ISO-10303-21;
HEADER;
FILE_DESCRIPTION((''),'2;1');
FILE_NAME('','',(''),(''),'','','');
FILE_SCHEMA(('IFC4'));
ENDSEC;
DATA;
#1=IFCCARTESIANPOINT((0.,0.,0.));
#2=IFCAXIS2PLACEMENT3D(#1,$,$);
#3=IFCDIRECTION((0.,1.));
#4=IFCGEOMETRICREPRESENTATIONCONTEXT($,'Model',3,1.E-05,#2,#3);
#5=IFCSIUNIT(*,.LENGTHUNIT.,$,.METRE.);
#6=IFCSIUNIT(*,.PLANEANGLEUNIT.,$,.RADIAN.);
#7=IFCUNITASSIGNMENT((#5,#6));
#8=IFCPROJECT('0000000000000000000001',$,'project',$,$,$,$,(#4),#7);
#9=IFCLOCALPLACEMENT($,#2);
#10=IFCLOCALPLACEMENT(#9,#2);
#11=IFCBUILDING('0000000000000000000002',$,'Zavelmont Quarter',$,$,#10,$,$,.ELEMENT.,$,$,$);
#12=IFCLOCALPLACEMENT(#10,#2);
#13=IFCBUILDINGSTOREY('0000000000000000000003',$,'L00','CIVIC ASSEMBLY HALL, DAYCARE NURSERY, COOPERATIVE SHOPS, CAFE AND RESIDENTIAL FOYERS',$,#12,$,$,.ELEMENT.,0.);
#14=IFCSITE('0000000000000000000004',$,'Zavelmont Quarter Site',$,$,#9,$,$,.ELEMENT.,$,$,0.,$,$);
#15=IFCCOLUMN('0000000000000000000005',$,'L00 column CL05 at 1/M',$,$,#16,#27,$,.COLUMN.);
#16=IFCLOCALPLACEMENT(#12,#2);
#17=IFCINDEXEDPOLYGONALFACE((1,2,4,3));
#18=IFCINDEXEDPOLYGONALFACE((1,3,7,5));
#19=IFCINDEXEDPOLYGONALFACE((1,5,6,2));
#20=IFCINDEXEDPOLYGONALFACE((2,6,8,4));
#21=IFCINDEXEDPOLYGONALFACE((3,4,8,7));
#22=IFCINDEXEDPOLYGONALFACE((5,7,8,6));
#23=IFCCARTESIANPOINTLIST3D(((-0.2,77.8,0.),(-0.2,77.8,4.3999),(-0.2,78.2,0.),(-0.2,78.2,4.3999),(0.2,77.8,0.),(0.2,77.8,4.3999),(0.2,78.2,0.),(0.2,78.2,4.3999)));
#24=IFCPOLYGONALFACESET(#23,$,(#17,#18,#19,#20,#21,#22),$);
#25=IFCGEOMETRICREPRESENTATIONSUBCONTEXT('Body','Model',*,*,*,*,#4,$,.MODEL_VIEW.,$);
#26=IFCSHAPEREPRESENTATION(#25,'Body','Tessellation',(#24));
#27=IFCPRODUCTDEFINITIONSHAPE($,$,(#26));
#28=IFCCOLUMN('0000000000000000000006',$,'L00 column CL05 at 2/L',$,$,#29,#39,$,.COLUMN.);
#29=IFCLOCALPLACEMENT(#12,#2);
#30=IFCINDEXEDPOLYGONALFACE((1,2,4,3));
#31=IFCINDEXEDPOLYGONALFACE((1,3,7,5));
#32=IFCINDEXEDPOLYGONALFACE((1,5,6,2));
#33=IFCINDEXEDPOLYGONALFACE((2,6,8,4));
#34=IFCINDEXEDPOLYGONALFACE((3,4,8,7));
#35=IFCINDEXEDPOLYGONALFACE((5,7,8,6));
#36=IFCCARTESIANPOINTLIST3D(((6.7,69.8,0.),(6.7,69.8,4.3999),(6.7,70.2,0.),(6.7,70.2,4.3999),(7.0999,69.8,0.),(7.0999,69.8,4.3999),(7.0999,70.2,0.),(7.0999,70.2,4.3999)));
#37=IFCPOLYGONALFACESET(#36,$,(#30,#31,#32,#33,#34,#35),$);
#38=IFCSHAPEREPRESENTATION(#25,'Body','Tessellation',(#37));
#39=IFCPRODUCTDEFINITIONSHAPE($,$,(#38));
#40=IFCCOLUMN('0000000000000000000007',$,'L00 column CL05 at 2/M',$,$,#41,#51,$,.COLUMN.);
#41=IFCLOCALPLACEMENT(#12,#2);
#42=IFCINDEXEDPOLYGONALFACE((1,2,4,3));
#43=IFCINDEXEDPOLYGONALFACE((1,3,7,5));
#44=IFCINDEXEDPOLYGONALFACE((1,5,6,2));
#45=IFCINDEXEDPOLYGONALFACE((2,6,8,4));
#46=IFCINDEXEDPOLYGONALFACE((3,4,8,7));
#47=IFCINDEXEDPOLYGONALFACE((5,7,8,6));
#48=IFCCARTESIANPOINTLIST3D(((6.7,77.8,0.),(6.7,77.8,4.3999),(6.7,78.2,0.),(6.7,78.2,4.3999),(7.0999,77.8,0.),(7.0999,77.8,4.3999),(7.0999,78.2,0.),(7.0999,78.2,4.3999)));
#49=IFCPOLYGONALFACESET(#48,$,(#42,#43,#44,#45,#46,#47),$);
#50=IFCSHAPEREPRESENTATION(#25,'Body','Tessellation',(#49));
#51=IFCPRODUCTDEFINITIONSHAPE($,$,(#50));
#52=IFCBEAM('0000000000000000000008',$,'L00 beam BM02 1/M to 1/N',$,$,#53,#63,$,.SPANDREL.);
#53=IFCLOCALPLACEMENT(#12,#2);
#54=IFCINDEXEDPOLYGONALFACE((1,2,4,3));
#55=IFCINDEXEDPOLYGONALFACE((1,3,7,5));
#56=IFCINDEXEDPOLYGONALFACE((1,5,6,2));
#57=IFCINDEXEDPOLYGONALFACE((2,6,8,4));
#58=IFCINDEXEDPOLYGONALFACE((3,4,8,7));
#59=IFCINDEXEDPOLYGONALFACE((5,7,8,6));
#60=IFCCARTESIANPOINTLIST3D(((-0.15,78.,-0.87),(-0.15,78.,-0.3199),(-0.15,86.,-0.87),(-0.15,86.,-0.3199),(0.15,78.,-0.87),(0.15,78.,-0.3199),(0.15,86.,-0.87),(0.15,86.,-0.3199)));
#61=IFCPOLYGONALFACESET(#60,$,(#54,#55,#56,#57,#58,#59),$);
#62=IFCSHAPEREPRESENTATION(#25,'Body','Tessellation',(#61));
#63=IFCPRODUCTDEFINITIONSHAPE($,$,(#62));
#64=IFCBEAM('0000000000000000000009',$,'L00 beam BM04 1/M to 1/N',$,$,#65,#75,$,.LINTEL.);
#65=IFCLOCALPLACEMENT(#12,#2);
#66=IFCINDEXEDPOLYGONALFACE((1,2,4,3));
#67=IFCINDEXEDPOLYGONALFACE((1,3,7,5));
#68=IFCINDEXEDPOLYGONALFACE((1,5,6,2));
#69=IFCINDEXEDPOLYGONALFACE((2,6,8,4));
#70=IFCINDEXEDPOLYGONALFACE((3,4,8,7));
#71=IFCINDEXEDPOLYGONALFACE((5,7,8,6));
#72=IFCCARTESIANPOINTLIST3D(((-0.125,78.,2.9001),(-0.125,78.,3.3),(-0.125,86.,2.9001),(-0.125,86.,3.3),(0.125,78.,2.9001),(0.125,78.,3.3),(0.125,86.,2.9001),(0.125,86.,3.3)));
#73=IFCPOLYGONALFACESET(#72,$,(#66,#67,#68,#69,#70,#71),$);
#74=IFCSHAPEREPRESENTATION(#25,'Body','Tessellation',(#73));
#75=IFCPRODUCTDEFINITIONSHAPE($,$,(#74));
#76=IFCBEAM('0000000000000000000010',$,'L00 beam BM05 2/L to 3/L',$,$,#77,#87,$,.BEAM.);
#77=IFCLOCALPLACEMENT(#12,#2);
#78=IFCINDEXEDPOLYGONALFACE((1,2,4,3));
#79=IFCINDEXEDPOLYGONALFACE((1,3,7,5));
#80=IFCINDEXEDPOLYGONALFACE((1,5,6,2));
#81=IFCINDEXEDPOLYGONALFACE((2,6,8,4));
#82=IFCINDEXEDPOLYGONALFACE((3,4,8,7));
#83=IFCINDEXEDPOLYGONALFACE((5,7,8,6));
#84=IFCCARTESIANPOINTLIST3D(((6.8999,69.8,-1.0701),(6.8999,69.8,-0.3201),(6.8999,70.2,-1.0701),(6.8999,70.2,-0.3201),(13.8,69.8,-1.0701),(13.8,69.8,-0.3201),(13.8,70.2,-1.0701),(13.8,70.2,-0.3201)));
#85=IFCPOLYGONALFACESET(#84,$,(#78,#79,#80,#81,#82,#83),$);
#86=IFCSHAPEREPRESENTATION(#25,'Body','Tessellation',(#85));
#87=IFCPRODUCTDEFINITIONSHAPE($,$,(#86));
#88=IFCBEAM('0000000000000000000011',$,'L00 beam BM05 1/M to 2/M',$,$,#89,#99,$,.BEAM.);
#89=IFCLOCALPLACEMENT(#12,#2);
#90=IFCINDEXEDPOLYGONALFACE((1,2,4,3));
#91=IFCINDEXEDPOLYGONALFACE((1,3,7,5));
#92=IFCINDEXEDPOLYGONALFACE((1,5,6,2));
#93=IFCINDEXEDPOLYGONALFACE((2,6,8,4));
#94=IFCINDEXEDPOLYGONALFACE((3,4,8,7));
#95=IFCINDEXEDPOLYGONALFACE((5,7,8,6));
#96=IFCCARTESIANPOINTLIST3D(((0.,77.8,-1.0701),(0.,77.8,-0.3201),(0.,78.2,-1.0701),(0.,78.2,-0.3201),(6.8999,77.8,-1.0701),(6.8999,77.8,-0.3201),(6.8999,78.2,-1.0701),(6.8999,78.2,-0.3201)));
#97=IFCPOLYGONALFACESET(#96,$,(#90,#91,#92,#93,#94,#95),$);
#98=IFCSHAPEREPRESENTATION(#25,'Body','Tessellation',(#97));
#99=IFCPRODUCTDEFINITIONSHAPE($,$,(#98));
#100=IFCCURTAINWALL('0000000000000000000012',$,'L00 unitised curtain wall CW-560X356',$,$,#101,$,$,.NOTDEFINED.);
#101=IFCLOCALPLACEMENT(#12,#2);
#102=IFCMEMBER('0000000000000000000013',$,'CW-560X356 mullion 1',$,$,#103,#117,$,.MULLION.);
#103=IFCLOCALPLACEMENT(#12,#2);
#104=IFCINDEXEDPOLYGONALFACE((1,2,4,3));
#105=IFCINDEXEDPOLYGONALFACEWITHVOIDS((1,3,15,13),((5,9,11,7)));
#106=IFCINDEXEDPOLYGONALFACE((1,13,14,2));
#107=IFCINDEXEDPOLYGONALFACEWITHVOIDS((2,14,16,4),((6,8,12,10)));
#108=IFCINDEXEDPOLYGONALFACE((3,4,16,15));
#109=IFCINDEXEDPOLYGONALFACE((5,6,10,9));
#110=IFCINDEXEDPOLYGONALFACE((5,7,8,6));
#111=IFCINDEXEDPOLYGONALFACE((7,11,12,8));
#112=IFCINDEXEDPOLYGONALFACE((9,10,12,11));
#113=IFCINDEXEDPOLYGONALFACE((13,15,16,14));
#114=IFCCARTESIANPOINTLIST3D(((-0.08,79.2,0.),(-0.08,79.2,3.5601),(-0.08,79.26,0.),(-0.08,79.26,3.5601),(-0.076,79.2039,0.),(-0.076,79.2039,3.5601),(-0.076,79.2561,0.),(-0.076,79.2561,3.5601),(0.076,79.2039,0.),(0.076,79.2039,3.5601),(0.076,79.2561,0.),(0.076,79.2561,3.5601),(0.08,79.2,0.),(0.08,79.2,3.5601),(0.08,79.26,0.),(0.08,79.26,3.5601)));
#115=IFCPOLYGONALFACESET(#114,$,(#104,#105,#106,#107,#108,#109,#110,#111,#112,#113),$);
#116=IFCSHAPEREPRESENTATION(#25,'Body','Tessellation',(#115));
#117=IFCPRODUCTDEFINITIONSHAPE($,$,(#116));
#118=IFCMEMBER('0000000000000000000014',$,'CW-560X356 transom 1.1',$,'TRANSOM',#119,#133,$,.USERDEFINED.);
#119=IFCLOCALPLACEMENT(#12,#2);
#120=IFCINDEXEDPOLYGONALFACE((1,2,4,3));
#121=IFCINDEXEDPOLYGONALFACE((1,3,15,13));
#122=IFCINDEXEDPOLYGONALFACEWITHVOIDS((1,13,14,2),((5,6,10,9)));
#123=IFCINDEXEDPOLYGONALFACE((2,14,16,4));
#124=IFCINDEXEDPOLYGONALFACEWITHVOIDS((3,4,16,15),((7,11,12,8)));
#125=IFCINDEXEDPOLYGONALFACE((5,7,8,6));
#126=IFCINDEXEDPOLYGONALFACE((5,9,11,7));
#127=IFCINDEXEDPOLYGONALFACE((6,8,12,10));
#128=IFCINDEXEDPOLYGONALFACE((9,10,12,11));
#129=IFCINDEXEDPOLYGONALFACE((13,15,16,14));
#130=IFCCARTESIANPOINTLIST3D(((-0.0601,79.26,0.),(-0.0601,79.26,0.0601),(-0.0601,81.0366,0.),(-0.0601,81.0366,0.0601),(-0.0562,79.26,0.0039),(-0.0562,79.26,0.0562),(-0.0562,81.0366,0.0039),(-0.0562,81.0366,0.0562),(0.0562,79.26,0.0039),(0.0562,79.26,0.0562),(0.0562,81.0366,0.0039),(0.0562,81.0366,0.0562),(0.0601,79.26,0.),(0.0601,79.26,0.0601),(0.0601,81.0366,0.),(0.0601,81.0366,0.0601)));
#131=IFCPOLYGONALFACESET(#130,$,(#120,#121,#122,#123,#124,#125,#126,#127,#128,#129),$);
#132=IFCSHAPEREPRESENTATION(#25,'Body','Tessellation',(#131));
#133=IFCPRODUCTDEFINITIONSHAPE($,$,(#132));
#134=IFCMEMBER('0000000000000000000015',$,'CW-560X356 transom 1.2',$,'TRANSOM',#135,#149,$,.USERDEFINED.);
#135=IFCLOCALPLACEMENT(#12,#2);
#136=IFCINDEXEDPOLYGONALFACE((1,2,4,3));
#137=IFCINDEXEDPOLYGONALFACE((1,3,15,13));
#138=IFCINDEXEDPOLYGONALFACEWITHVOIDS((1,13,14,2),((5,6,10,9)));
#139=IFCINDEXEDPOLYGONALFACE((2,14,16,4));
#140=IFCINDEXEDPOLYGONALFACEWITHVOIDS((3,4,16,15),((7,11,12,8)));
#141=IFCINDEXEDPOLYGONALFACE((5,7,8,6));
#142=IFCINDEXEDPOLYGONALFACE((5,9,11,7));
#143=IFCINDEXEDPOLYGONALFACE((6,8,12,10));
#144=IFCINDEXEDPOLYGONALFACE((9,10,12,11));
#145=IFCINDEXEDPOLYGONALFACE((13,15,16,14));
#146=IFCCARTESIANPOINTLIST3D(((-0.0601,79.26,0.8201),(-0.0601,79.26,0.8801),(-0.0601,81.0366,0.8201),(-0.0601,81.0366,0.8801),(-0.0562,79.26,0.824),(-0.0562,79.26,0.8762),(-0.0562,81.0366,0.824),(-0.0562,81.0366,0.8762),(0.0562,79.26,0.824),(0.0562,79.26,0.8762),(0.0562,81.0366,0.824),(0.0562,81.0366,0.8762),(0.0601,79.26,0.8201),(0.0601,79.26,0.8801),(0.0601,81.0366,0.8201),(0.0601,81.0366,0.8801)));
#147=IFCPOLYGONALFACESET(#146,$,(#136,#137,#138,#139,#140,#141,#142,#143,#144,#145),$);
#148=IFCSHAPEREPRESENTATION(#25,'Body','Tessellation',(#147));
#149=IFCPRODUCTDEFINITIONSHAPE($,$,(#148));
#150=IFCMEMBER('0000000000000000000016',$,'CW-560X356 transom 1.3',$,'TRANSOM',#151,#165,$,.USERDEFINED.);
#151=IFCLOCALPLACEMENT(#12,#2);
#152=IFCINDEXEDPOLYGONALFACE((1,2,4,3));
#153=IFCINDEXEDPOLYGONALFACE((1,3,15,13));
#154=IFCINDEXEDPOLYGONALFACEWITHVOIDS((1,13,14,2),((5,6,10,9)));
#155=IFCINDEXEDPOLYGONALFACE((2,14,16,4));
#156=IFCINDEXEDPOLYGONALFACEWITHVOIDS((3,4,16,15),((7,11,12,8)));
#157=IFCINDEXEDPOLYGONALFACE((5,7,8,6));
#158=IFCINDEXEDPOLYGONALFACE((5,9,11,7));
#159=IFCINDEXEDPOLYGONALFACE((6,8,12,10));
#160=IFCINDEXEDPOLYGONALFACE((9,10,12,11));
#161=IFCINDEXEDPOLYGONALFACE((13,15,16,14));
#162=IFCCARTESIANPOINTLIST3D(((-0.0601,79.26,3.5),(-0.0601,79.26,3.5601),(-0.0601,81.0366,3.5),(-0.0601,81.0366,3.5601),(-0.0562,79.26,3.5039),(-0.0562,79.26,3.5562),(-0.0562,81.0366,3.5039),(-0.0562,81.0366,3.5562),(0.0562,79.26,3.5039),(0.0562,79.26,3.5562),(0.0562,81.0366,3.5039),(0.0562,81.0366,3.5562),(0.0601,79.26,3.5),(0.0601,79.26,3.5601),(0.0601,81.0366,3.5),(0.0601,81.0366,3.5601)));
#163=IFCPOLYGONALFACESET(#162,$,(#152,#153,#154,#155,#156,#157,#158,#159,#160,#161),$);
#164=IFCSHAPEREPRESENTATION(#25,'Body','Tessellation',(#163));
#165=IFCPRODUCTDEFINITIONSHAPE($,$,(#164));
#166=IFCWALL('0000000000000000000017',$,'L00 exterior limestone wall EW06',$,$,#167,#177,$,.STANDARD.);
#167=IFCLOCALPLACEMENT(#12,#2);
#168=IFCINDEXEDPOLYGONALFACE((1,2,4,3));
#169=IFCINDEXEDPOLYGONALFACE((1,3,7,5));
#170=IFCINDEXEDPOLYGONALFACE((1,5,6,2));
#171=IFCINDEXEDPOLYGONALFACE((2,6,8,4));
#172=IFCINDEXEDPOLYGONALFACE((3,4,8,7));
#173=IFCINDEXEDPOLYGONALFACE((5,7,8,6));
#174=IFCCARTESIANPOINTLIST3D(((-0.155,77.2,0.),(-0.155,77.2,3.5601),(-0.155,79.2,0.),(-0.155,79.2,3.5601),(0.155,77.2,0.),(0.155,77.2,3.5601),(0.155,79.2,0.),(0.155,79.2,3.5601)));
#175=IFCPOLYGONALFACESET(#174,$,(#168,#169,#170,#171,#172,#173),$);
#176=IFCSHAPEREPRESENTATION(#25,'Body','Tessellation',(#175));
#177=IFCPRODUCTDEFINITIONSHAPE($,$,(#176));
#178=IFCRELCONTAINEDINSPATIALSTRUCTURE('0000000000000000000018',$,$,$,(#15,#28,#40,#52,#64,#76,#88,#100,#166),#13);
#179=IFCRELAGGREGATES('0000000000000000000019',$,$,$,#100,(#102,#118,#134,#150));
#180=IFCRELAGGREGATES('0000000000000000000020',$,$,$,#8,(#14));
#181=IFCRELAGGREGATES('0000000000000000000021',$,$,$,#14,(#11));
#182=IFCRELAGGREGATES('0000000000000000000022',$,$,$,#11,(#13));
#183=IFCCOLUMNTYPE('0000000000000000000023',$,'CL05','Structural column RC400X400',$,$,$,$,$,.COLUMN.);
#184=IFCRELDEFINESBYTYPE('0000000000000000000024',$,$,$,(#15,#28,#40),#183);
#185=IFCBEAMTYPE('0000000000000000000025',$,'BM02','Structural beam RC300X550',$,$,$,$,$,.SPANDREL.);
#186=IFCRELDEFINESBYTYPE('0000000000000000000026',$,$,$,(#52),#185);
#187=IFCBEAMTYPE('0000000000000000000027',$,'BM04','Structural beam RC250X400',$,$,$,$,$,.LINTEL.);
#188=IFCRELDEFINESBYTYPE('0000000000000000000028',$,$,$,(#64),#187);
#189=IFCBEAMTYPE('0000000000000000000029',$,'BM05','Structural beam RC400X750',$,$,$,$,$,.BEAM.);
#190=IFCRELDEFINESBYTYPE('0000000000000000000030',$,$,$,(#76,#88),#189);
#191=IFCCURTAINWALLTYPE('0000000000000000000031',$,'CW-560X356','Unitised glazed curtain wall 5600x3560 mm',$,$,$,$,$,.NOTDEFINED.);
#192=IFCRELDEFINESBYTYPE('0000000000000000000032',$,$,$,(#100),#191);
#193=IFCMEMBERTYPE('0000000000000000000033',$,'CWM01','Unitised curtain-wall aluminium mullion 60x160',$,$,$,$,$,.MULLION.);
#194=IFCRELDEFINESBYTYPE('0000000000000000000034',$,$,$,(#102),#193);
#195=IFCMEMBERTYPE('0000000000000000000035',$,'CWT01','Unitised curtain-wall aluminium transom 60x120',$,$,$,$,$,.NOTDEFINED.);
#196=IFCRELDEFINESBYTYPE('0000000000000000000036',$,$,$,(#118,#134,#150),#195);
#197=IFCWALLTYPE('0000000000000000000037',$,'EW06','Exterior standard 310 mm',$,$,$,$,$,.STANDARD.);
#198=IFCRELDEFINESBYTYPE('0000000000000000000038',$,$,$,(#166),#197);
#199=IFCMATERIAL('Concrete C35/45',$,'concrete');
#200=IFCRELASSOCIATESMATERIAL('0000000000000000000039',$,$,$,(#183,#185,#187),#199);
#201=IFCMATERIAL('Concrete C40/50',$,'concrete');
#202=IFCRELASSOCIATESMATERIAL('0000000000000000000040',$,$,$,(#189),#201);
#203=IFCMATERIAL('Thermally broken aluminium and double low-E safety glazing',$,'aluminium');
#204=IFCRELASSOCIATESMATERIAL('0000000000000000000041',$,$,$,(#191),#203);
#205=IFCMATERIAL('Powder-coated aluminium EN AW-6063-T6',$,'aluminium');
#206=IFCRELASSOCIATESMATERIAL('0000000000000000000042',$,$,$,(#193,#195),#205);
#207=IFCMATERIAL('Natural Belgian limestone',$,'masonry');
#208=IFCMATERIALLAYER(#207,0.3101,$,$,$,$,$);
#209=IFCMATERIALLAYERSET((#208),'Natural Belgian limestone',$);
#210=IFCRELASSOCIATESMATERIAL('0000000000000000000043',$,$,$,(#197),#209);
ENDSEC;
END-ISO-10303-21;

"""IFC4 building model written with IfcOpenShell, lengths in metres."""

from ifc_helpers import new_model, si_unit, direction, frame, frame_2d, origin, origin_2d, place, context, subcontext, project, spatial, rectangle, hollow_rectangle, extrude, material, layer, layer_set, material_profile, profile_set, type_object, element, aggregate, save


model = new_model("IFC4")

# Units and contexts
model_context = context("Model", 3, precision=1e-05, world=origin(), true_north=direction((0.0, 1.0)))
body_context = subcontext(model_context, "Body", "Model", "MODEL_VIEW")
ifc_project = project(units=[si_unit("LENGTHUNIT", "METRE"), si_unit("PLANEANGLEUNIT", "RADIAN")], contexts=[model_context])

# Site, building, storey
site_placement = place(None, origin())
site = spatial("IfcSite", under=ifc_project, at=site_placement, Name="Zavelmont Quarter Site", CompositionType="ELEMENT", RefElevation=0.0)
building_placement = place(site_placement, origin())
building = spatial("IfcBuilding", under=site, at=building_placement, Name="Zavelmont Quarter", CompositionType="ELEMENT")
storey_placement = place(building_placement, origin())
storey = spatial("IfcBuildingStorey", under=building, at=storey_placement, Name="L00", Description="CIVIC ASSEMBLY HALL, DAYCARE NURSERY, COOPERATIVE SHOPS, CAFE AND RESIDENTIAL FOYERS", CompositionType="ELEMENT", Elevation=0.0)

# Columns
ifc_material_1 = material(Name="Concrete C35/45", Category="concrete")
ifc_material_profile_1 = material_profile(ifc_material_1, rectangle(XDim=0.3999, YDim=0.3999, at=origin_2d()), Name="RC400X400")
ifc_profile_set_1 = profile_set([ifc_material_profile_1], Name="Concrete C35/45")
column_type = type_object("IfcColumnType", Name="CL05", Description="Structural column RC400X400", PredefinedType="COLUMN", material=ifc_profile_set_1)
for number, where, z_axis, x_axis, name in (
    (1, (0.0, 78.0, 0.0), (0.0, 0.0, 1.0), (1.0, 0.0, 0.0), "L00 column CL05 at 1/M"),
    (2, (6.8999, 70.0, 0.0), (0.0, 0.0, 1.0), (1.0, 0.0, 0.0), "L00 column CL05 at 2/L"),
    (3, (6.8999, 78.0, 0.0), (0.0, 0.0, 1.0), (1.0, 0.0, 0.0), "L00 column CL05 at 2/M"),
):
    element("IfcColumn", number, at=place(storey_placement, frame(where, z_axis=z_axis, x_axis=x_axis)), inside=storey, type_object=column_type, Name=name, PredefinedType="COLUMN", context=body_context, shape_type="SweptSolid", body=[
        extrude(rectangle(XDim=0.3999, YDim=0.3999, at=origin_2d()), origin(), (0.0, 0.0, 1.0), 4.3999),
    ])

# Beams
ifc_material_profile_2 = material_profile(ifc_material_1, rectangle(XDim=0.3, YDim=0.55, at=origin_2d()), Name="RC300X550")
ifc_profile_set_2 = profile_set([ifc_material_profile_2], Name="Concrete C35/45")
beam_type_1 = type_object("IfcBeamType", Name="BM02", Description="Structural beam RC300X550", PredefinedType="SPANDREL", material=ifc_profile_set_2)
beam_1_placement = place(storey_placement, frame((0.0, 78.0, -0.595), z_axis=(0.0, 1.0, 0.0), x_axis=(-1.0, 0.0, 0.0)))
element("IfcBeam", 4, at=beam_1_placement, inside=storey, type_object=beam_type_1, Name="L00 beam BM02 1/M to 1/N", PredefinedType="SPANDREL", context=body_context, shape_type="SweptSolid", body=[
    extrude(rectangle(XDim=0.3, YDim=0.55, at=origin_2d()), origin(), (0.0, 0.0, 1.0), 8.0),
])
ifc_material_profile_3 = material_profile(ifc_material_1, rectangle(XDim=0.25, YDim=0.3999, at=origin_2d()), Name="RC250X400")
ifc_profile_set_3 = profile_set([ifc_material_profile_3], Name="Concrete C35/45")
beam_type_2 = type_object("IfcBeamType", Name="BM04", Description="Structural beam RC250X400", PredefinedType="LINTEL", material=ifc_profile_set_3)
beam_2_placement = place(storey_placement, frame((0.0, 78.0, 3.1001), z_axis=(0.0, 1.0, 0.0), x_axis=(-1.0, 0.0, 0.0)))
element("IfcBeam", 5, at=beam_2_placement, inside=storey, type_object=beam_type_2, Name="L00 beam BM04 1/M to 1/N", PredefinedType="LINTEL", context=body_context, shape_type="SweptSolid", body=[
    extrude(rectangle(XDim=0.25, YDim=0.3999, at=origin_2d()), origin(), (0.0, 0.0, 1.0), 8.0),
])
ifc_material_2 = material(Name="Concrete C40/50", Category="concrete")
ifc_material_profile_4 = material_profile(ifc_material_2, rectangle(XDim=0.3999, YDim=0.75, at=origin_2d()), Name="RC400X750")
ifc_profile_set_4 = profile_set([ifc_material_profile_4], Name="Concrete C40/50")
beam_type_3 = type_object("IfcBeamType", Name="BM05", Description="Structural beam RC400X750", PredefinedType="BEAM", material=ifc_profile_set_4)
beam_3_placement = place(storey_placement, frame((6.8999, 70.0, -0.6951), z_axis=(1.0, 0.0, 0.0), x_axis=(0.0, 1.0, 0.0)))
element("IfcBeam", 6, at=beam_3_placement, inside=storey, type_object=beam_type_3, Name="L00 beam BM05 2/L to 3/L", PredefinedType="BEAM", context=body_context, shape_type="SweptSolid", body=[
    extrude(rectangle(XDim=0.3999, YDim=0.75, at=origin_2d()), origin(), (0.0, 0.0, 1.0), 6.9001),
])
beam_4_placement = place(storey_placement, frame((0.0, 78.0, -0.6951), z_axis=(1.0, 0.0, 0.0), x_axis=(0.0, 1.0, 0.0)))
element("IfcBeam", 7, at=beam_4_placement, inside=storey, type_object=beam_type_3, Name="L00 beam BM05 1/M to 2/M", PredefinedType="BEAM", context=body_context, shape_type="SweptSolid", body=[
    extrude(rectangle(XDim=0.3999, YDim=0.75, at=origin_2d()), origin(), (0.0, 0.0, 1.0), 6.8999),
])

# Curtain wall, members
ifc_material_3 = material(Name="Thermally broken aluminium and double low-E safety glazing", Category="aluminium")
curtain_wall_type = type_object("IfcCurtainWallType", Name="CW-560X356", Description="Unitised glazed curtain wall 5600x3560 mm", PredefinedType="NOTDEFINED", material=ifc_material_3)
curtain_wall_placement = place(storey_placement, origin())
curtain_wall = element("IfcCurtainWall", 8, at=curtain_wall_placement, inside=storey, type_object=curtain_wall_type, Name="L00 unitised curtain wall CW-560X356", PredefinedType="NOTDEFINED")
ifc_material_4 = material(Name="Powder-coated aluminium EN AW-6063-T6", Category="aluminium")
ifc_material_profile_5 = material_profile(ifc_material_4, hollow_rectangle(XDim=0.0601, YDim=0.1599, WallThickness=0.0039, at=origin_2d()), Name="CWM60X160")
ifc_profile_set_5 = profile_set([ifc_material_profile_5], Name="Powder-coated aluminium EN AW-6063-T6")
member_type_1 = type_object("IfcMemberType", Name="CWM01", Description="Unitised curtain-wall aluminium mullion 60x160", PredefinedType="MULLION", material=ifc_profile_set_5)
member_1_placement = place(storey_placement, frame((0.0, 79.23, 0.0), z_axis=(0.0, 0.0, 1.0), x_axis=(0.0, 1.0, 0.0)))
member_1 = element("IfcMember", 9, at=member_1_placement, type_object=member_type_1, Name="CW-560X356 mullion 1", PredefinedType="MULLION", context=body_context, shape_type="SweptSolid", body=[
    extrude(hollow_rectangle(XDim=0.0601, YDim=0.1599, WallThickness=0.0039, at=origin_2d()), origin(), (0.0, 0.0, 1.0), 3.5601),
])
ifc_material_profile_6 = material_profile(ifc_material_4, hollow_rectangle(XDim=0.1201, YDim=0.0601, WallThickness=0.0039, at=origin_2d()), Name="CWT60X120")
ifc_profile_set_6 = profile_set([ifc_material_profile_6], Name="Powder-coated aluminium EN AW-6063-T6")
member_type_2 = type_object("IfcMemberType", Name="CWT01", Description="Unitised curtain-wall aluminium transom 60x120", PredefinedType="NOTDEFINED", material=ifc_profile_set_6)
member_2_placement = place(storey_placement, frame((0.0, 79.26, 0.03), z_axis=(0.0, 1.0, 0.0), x_axis=(-1.0, 0.0, 0.0)))
member_2 = element("IfcMember", 10, at=member_2_placement, type_object=member_type_2, Name="CW-560X356 transom 1.1", ObjectType="TRANSOM", PredefinedType="USERDEFINED", context=body_context, shape_type="SweptSolid", body=[
    extrude(hollow_rectangle(XDim=0.1201, YDim=0.0601, WallThickness=0.0039, at=origin_2d()), origin(), (0.0, 0.0, 1.0), 1.7766),
])
member_3_placement = place(storey_placement, frame((0.0, 79.26, 0.8501), z_axis=(0.0, 1.0, 0.0), x_axis=(-1.0, 0.0, 0.0)))
member_3 = element("IfcMember", 11, at=member_3_placement, type_object=member_type_2, Name="CW-560X356 transom 1.2", ObjectType="TRANSOM", PredefinedType="USERDEFINED", context=body_context, shape_type="SweptSolid", body=[
    extrude(hollow_rectangle(XDim=0.1201, YDim=0.0601, WallThickness=0.0039, at=origin_2d()), origin(), (0.0, 0.0, 1.0), 1.7766),
])
member_4_placement = place(storey_placement, frame((0.0, 79.26, 3.53), z_axis=(0.0, 1.0, 0.0), x_axis=(-1.0, 0.0, 0.0)))
member_4 = element("IfcMember", 12, at=member_4_placement, type_object=member_type_2, Name="CW-560X356 transom 1.3", ObjectType="TRANSOM", PredefinedType="USERDEFINED", context=body_context, shape_type="SweptSolid", body=[
    extrude(hollow_rectangle(XDim=0.1201, YDim=0.0601, WallThickness=0.0039, at=origin_2d()), origin(), (0.0, 0.0, 1.0), 1.7766),
])
aggregate(curtain_wall, [member_1, member_2, member_3, member_4])

# Wall
ifc_material_5 = material(Name="Natural Belgian limestone", Category="masonry")
ifc_layer_1 = layer(ifc_material_5, 0.3101)
ifc_layer_set_1 = layer_set([ifc_layer_1], Name="Natural Belgian limestone")
wall_type_1 = type_object("IfcWallType", Name="EW06", Description="Exterior standard 310 mm", PredefinedType="STANDARD", material=ifc_layer_set_1)
wall_1_placement = place(storey_placement, frame((0.0, 77.2, 0.0), z_axis=(0.0, 0.0, 1.0), x_axis=(0.0, 1.0, 0.0)))
element("IfcWall", 13, at=wall_1_placement, inside=storey, type_object=wall_type_1, Name="L00 exterior limestone wall EW06", PredefinedType="STANDARD", context=body_context, shape_type="SweptSolid", body=[
    extrude(rectangle(XDim=2.0, YDim=0.3101, at=frame_2d((1.0, 0.0))), origin(), (0.0, 0.0, 1.0), 3.5601),
])

save(model, "model.ifc")
